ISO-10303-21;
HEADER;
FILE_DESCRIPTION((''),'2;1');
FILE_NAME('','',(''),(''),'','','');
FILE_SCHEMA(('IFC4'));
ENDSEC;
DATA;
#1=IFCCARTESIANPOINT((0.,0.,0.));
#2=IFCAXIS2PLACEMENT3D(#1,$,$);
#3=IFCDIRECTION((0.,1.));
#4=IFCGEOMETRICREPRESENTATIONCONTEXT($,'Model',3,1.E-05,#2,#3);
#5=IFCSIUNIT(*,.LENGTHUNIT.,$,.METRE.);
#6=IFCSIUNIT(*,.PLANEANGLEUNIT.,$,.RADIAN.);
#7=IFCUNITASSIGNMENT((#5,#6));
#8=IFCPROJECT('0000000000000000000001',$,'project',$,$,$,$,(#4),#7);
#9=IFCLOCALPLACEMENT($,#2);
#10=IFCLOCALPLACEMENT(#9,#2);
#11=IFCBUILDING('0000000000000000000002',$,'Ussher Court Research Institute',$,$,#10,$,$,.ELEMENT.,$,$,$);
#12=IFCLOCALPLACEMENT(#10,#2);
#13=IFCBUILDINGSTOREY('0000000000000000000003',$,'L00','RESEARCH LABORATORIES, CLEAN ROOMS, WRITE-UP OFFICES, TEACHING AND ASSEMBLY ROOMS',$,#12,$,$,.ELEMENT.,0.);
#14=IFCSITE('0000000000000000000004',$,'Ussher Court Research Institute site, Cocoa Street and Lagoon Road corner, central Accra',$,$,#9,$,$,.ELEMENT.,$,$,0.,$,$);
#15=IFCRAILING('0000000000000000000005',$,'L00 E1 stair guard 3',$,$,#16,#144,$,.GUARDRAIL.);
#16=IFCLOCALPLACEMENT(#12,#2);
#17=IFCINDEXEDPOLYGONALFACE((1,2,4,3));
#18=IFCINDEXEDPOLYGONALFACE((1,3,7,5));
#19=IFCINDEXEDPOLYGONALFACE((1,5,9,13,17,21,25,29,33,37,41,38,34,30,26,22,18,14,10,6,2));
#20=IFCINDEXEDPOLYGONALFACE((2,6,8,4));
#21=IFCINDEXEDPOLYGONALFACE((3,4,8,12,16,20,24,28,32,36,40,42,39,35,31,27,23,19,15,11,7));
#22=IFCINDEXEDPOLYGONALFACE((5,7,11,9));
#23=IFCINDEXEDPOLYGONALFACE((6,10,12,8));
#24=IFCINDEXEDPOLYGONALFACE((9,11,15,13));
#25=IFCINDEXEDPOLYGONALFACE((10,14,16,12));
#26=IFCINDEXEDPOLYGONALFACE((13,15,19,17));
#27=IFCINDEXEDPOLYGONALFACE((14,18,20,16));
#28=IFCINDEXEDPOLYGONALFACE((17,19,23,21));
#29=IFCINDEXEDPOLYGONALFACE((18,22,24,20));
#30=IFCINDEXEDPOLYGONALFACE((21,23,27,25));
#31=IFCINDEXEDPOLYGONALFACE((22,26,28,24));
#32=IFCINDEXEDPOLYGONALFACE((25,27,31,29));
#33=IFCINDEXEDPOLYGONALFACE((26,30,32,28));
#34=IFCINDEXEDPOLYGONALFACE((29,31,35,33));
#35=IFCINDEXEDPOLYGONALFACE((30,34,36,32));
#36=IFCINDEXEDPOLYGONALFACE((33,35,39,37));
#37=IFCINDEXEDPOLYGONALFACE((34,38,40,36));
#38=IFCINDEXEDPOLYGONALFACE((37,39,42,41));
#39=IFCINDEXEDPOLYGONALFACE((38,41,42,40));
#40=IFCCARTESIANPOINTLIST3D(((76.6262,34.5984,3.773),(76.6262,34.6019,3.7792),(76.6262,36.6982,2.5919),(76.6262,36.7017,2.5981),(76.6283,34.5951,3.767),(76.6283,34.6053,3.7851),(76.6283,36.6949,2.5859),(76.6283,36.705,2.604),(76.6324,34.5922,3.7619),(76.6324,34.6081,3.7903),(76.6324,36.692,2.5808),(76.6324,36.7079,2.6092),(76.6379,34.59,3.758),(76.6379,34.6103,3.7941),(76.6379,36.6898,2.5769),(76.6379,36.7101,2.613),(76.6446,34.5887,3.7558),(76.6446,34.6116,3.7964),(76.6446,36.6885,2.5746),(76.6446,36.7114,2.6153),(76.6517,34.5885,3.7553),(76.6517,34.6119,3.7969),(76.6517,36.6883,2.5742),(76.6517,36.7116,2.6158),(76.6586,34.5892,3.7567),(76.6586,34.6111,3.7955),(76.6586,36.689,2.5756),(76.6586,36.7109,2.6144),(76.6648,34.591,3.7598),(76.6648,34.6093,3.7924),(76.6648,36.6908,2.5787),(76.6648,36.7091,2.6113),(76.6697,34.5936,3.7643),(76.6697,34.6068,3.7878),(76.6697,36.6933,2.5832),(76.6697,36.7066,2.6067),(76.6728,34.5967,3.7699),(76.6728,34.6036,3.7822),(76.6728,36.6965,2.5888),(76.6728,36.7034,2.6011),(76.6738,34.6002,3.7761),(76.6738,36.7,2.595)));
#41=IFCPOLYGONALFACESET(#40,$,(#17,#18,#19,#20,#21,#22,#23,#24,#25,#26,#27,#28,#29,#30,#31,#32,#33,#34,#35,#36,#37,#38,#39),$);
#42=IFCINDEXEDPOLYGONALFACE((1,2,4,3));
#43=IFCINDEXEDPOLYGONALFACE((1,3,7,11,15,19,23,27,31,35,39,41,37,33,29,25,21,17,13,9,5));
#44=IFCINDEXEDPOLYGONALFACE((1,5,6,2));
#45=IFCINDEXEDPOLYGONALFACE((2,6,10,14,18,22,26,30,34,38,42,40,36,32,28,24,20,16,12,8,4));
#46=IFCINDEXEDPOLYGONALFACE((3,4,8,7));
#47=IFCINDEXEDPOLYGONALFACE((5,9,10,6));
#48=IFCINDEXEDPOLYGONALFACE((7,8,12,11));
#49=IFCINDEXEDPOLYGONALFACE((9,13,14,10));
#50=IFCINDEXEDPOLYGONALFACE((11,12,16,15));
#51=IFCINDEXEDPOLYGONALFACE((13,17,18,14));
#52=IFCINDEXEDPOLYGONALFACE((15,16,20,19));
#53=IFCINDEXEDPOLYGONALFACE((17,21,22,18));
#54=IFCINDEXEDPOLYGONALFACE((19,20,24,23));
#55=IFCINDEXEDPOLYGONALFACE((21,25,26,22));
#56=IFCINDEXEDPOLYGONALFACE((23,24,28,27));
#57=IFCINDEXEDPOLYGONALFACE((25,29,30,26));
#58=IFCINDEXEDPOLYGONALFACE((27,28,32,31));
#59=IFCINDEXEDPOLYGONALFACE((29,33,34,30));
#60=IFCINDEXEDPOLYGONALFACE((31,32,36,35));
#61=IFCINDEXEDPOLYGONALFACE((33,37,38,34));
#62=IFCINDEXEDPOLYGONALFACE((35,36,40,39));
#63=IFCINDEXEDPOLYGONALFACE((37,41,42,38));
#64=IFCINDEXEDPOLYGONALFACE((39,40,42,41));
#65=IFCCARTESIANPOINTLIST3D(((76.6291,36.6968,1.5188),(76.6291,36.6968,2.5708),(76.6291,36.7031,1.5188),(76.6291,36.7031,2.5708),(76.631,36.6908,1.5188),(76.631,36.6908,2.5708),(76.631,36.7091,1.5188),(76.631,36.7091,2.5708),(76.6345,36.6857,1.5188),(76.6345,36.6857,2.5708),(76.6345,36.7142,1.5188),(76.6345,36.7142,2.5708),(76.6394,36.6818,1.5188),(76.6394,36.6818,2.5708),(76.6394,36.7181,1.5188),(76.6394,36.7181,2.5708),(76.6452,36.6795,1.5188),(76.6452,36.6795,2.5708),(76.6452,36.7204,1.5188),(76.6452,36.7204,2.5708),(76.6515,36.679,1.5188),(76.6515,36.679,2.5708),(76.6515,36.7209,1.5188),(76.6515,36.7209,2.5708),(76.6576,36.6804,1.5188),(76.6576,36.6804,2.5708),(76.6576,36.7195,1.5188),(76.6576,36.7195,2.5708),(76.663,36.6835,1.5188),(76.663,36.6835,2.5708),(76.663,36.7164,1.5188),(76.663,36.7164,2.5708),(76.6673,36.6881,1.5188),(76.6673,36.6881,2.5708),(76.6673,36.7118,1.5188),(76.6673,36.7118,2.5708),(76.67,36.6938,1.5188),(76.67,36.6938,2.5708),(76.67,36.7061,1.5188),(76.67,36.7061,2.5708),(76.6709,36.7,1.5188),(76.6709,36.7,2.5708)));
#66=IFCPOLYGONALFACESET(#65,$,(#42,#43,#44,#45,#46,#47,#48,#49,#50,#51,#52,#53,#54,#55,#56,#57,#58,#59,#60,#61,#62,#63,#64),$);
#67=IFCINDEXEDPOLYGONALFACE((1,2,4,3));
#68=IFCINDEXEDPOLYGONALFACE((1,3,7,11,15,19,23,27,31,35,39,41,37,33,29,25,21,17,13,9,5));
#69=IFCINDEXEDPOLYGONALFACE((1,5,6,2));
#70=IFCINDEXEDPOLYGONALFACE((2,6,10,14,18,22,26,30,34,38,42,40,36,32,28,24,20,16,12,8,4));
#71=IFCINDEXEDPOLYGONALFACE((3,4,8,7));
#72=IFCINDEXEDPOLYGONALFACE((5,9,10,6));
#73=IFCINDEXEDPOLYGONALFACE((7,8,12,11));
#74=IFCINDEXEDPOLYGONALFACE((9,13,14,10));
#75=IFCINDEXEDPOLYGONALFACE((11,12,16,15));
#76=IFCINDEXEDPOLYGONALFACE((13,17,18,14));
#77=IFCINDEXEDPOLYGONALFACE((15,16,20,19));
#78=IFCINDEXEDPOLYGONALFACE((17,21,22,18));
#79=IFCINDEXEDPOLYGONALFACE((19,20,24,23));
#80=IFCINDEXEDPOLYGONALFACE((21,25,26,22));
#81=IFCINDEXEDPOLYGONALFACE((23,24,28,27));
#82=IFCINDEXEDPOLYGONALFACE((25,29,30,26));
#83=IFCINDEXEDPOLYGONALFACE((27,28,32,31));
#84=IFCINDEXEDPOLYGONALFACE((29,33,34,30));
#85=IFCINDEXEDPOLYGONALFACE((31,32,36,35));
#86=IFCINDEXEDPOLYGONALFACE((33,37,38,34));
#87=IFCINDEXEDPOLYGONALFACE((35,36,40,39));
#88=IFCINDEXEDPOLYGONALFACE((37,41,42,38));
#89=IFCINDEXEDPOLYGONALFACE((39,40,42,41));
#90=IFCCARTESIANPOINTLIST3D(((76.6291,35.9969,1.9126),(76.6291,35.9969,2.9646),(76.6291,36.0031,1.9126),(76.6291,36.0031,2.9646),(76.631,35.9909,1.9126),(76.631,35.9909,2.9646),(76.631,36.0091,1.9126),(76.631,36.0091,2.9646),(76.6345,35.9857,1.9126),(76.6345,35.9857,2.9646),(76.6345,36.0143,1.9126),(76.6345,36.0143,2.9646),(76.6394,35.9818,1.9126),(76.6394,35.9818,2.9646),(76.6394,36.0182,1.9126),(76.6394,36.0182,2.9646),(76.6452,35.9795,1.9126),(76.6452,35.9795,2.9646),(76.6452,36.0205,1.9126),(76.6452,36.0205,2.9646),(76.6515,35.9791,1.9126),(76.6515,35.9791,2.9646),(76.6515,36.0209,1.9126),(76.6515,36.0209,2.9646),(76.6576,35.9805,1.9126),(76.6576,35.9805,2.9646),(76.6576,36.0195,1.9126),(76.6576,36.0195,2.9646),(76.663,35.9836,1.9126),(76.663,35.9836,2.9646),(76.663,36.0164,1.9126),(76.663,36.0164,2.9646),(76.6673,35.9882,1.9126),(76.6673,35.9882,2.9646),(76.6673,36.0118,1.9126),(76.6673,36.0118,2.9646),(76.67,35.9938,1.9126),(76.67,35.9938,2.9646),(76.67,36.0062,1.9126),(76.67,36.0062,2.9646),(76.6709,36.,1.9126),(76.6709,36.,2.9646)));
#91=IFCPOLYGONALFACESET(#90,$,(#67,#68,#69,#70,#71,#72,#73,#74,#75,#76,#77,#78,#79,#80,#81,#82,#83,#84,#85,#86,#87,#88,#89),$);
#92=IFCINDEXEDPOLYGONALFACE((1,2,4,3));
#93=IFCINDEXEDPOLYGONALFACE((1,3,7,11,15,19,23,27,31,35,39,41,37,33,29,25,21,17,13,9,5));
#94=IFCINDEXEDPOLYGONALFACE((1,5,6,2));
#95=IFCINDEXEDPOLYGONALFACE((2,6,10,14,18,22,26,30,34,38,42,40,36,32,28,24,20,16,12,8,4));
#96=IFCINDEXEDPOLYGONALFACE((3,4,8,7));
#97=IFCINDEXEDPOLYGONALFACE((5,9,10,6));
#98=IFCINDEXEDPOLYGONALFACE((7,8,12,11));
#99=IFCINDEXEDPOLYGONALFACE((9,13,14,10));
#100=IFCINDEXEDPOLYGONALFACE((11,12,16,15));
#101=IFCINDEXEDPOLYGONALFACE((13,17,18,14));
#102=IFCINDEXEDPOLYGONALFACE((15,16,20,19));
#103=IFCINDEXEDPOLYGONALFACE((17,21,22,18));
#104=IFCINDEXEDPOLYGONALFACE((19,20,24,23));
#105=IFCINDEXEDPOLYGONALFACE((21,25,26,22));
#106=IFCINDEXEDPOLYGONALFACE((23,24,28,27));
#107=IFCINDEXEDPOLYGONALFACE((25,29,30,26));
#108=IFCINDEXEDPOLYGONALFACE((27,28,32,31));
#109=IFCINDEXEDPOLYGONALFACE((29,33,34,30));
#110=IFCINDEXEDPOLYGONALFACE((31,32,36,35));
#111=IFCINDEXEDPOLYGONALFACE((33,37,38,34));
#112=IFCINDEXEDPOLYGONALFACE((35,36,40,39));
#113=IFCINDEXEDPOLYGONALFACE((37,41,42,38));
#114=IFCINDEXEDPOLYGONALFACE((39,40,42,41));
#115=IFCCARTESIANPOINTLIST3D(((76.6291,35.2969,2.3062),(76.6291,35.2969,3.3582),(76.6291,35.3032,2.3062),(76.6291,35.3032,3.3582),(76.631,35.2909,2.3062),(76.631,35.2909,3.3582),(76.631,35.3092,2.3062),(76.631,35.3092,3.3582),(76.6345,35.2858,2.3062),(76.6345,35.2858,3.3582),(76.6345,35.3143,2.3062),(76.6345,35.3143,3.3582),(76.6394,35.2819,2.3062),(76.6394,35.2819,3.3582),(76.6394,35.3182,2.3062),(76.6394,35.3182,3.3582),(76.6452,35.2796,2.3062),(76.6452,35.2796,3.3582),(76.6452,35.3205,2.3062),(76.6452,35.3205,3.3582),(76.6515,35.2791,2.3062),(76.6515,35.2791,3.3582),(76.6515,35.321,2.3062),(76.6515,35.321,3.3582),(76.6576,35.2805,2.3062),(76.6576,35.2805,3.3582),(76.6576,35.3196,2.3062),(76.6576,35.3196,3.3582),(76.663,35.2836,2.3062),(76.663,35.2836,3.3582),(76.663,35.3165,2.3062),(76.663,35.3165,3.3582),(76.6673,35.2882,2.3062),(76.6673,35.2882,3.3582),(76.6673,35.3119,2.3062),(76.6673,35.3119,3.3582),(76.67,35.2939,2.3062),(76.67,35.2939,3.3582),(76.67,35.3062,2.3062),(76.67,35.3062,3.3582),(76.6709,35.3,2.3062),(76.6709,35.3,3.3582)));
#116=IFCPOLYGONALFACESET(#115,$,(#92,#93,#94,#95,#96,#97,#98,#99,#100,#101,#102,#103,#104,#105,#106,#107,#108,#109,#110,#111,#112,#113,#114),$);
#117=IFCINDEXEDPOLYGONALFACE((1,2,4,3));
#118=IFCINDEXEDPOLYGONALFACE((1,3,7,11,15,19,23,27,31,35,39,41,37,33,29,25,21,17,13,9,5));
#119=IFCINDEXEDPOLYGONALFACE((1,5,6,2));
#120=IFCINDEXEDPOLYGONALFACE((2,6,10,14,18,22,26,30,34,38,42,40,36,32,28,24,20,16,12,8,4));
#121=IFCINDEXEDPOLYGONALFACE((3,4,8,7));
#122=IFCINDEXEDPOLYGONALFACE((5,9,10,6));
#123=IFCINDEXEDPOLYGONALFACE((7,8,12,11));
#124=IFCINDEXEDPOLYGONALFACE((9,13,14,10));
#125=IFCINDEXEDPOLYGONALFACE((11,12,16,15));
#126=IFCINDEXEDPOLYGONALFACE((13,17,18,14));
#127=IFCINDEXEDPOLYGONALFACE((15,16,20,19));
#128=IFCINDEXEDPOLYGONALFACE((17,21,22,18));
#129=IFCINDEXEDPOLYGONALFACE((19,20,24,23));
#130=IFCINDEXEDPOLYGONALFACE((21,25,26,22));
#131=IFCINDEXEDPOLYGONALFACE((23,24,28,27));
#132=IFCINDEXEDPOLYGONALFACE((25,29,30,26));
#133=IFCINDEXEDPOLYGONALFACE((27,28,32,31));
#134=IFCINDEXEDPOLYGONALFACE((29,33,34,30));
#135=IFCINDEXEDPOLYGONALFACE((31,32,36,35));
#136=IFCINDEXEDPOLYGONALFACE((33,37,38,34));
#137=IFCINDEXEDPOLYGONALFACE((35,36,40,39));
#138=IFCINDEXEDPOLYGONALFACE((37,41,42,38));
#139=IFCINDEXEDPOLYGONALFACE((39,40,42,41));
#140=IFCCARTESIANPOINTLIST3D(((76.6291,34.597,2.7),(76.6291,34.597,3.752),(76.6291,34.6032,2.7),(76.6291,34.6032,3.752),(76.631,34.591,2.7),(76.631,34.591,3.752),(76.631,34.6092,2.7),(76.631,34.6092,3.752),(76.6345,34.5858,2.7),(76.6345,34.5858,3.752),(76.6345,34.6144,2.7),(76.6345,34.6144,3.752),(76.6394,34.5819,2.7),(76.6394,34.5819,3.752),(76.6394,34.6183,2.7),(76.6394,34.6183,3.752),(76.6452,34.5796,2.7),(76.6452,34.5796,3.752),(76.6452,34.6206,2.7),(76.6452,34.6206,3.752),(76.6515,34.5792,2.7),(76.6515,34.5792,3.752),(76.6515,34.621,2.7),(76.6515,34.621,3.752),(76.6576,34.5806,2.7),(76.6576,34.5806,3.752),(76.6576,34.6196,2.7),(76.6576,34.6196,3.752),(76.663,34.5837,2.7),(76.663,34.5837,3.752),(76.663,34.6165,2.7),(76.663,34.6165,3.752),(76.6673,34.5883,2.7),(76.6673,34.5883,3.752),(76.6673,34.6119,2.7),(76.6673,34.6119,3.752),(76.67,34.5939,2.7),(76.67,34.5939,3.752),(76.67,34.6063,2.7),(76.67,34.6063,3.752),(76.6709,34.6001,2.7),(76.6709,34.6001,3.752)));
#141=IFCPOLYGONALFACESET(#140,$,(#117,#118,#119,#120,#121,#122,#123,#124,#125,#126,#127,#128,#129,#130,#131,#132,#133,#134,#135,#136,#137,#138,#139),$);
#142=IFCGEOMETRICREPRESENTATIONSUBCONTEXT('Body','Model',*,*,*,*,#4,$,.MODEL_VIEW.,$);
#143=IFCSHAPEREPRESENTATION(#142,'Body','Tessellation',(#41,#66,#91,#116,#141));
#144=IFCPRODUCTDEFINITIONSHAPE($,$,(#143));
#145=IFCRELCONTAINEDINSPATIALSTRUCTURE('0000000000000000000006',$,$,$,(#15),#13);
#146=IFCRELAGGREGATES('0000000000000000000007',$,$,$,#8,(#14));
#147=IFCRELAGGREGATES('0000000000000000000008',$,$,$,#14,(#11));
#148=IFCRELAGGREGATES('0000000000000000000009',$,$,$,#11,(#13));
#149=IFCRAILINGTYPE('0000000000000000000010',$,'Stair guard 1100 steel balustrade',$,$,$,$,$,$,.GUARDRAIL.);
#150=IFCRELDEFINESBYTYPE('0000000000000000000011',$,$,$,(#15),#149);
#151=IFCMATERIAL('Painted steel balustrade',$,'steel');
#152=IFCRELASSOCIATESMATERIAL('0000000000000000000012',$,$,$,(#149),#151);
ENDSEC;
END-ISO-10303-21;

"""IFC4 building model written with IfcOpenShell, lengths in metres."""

from ifc_helpers import new_model, si_unit, direction, frame, origin, origin_2d, place, context, subcontext, project, spatial, circle, extrude, material, type_object, element, save


model = new_model("IFC4")

# Units and contexts
model_context = context("Model", 3, precision=1e-05, world=origin(), true_north=direction((0.0, 1.0)))
body_context = subcontext(model_context, "Body", "Model", "MODEL_VIEW")
ifc_project = project(units=[si_unit("LENGTHUNIT", "METRE"), si_unit("PLANEANGLEUNIT", "RADIAN")], contexts=[model_context])

# Site, building, storey
site_placement = place(None, origin())
site = spatial("IfcSite", under=ifc_project, at=site_placement, Name="Ussher Court Research Institute site, Cocoa Street and Lagoon Road corner, central Accra", CompositionType="ELEMENT", RefElevation=0.0)
building_placement = place(site_placement, origin())
building = spatial("IfcBuilding", under=site, at=building_placement, Name="Ussher Court Research Institute", CompositionType="ELEMENT")
storey_placement = place(building_placement, origin())
storey = spatial("IfcBuildingStorey", under=building, at=storey_placement, Name="L00", Description="RESEARCH LABORATORIES, CLEAN ROOMS, WRITE-UP OFFICES, TEACHING AND ASSEMBLY ROOMS", CompositionType="ELEMENT", Elevation=0.0)

# Railing
ifc_material_1 = material(Name="Painted steel balustrade", Category="steel")
railing_type_1 = type_object("IfcRailingType", Name="Stair guard 1100 steel balustrade", PredefinedType="GUARDRAIL", material=ifc_material_1)
railing_1_placement = place(storey_placement, frame((76.6499, 36.7, 1.5188)))
element("IfcRailing", 1, at=railing_1_placement, inside=storey, type_object=railing_type_1, Name="L00 E1 stair guard 3", PredefinedType="GUARDRAIL", context=body_context, shape_type="SweptSolid", body=[
    extrude(circle(Radius=0.0239, at=origin_2d()), frame((0.0, 0.0, 1.0762), z_axis=(0.0, -0.871578, 0.490256), x_axis=(1.0, 0.0, 0.0)), (0.0, 0.0, 1.0), 2.4092),
    extrude(circle(Radius=0.021, at=origin_2d()), origin(), (0.0, 0.0, 1.0), 1.052),
    extrude(circle(Radius=0.021, at=origin_2d()), frame((0.0, -0.7, 0.3938)), (0.0, 0.0, 1.0), 1.052),
    extrude(circle(Radius=0.021, at=origin_2d()), frame((0.0, -1.3999, 0.7874)), (0.0, 0.0, 1.0), 1.052),
    extrude(circle(Radius=0.021, at=origin_2d()), frame((0.0, -2.0999, 1.1812)), (0.0, 0.0, 1.0), 1.052),
])

save(model, "model.ifc")
